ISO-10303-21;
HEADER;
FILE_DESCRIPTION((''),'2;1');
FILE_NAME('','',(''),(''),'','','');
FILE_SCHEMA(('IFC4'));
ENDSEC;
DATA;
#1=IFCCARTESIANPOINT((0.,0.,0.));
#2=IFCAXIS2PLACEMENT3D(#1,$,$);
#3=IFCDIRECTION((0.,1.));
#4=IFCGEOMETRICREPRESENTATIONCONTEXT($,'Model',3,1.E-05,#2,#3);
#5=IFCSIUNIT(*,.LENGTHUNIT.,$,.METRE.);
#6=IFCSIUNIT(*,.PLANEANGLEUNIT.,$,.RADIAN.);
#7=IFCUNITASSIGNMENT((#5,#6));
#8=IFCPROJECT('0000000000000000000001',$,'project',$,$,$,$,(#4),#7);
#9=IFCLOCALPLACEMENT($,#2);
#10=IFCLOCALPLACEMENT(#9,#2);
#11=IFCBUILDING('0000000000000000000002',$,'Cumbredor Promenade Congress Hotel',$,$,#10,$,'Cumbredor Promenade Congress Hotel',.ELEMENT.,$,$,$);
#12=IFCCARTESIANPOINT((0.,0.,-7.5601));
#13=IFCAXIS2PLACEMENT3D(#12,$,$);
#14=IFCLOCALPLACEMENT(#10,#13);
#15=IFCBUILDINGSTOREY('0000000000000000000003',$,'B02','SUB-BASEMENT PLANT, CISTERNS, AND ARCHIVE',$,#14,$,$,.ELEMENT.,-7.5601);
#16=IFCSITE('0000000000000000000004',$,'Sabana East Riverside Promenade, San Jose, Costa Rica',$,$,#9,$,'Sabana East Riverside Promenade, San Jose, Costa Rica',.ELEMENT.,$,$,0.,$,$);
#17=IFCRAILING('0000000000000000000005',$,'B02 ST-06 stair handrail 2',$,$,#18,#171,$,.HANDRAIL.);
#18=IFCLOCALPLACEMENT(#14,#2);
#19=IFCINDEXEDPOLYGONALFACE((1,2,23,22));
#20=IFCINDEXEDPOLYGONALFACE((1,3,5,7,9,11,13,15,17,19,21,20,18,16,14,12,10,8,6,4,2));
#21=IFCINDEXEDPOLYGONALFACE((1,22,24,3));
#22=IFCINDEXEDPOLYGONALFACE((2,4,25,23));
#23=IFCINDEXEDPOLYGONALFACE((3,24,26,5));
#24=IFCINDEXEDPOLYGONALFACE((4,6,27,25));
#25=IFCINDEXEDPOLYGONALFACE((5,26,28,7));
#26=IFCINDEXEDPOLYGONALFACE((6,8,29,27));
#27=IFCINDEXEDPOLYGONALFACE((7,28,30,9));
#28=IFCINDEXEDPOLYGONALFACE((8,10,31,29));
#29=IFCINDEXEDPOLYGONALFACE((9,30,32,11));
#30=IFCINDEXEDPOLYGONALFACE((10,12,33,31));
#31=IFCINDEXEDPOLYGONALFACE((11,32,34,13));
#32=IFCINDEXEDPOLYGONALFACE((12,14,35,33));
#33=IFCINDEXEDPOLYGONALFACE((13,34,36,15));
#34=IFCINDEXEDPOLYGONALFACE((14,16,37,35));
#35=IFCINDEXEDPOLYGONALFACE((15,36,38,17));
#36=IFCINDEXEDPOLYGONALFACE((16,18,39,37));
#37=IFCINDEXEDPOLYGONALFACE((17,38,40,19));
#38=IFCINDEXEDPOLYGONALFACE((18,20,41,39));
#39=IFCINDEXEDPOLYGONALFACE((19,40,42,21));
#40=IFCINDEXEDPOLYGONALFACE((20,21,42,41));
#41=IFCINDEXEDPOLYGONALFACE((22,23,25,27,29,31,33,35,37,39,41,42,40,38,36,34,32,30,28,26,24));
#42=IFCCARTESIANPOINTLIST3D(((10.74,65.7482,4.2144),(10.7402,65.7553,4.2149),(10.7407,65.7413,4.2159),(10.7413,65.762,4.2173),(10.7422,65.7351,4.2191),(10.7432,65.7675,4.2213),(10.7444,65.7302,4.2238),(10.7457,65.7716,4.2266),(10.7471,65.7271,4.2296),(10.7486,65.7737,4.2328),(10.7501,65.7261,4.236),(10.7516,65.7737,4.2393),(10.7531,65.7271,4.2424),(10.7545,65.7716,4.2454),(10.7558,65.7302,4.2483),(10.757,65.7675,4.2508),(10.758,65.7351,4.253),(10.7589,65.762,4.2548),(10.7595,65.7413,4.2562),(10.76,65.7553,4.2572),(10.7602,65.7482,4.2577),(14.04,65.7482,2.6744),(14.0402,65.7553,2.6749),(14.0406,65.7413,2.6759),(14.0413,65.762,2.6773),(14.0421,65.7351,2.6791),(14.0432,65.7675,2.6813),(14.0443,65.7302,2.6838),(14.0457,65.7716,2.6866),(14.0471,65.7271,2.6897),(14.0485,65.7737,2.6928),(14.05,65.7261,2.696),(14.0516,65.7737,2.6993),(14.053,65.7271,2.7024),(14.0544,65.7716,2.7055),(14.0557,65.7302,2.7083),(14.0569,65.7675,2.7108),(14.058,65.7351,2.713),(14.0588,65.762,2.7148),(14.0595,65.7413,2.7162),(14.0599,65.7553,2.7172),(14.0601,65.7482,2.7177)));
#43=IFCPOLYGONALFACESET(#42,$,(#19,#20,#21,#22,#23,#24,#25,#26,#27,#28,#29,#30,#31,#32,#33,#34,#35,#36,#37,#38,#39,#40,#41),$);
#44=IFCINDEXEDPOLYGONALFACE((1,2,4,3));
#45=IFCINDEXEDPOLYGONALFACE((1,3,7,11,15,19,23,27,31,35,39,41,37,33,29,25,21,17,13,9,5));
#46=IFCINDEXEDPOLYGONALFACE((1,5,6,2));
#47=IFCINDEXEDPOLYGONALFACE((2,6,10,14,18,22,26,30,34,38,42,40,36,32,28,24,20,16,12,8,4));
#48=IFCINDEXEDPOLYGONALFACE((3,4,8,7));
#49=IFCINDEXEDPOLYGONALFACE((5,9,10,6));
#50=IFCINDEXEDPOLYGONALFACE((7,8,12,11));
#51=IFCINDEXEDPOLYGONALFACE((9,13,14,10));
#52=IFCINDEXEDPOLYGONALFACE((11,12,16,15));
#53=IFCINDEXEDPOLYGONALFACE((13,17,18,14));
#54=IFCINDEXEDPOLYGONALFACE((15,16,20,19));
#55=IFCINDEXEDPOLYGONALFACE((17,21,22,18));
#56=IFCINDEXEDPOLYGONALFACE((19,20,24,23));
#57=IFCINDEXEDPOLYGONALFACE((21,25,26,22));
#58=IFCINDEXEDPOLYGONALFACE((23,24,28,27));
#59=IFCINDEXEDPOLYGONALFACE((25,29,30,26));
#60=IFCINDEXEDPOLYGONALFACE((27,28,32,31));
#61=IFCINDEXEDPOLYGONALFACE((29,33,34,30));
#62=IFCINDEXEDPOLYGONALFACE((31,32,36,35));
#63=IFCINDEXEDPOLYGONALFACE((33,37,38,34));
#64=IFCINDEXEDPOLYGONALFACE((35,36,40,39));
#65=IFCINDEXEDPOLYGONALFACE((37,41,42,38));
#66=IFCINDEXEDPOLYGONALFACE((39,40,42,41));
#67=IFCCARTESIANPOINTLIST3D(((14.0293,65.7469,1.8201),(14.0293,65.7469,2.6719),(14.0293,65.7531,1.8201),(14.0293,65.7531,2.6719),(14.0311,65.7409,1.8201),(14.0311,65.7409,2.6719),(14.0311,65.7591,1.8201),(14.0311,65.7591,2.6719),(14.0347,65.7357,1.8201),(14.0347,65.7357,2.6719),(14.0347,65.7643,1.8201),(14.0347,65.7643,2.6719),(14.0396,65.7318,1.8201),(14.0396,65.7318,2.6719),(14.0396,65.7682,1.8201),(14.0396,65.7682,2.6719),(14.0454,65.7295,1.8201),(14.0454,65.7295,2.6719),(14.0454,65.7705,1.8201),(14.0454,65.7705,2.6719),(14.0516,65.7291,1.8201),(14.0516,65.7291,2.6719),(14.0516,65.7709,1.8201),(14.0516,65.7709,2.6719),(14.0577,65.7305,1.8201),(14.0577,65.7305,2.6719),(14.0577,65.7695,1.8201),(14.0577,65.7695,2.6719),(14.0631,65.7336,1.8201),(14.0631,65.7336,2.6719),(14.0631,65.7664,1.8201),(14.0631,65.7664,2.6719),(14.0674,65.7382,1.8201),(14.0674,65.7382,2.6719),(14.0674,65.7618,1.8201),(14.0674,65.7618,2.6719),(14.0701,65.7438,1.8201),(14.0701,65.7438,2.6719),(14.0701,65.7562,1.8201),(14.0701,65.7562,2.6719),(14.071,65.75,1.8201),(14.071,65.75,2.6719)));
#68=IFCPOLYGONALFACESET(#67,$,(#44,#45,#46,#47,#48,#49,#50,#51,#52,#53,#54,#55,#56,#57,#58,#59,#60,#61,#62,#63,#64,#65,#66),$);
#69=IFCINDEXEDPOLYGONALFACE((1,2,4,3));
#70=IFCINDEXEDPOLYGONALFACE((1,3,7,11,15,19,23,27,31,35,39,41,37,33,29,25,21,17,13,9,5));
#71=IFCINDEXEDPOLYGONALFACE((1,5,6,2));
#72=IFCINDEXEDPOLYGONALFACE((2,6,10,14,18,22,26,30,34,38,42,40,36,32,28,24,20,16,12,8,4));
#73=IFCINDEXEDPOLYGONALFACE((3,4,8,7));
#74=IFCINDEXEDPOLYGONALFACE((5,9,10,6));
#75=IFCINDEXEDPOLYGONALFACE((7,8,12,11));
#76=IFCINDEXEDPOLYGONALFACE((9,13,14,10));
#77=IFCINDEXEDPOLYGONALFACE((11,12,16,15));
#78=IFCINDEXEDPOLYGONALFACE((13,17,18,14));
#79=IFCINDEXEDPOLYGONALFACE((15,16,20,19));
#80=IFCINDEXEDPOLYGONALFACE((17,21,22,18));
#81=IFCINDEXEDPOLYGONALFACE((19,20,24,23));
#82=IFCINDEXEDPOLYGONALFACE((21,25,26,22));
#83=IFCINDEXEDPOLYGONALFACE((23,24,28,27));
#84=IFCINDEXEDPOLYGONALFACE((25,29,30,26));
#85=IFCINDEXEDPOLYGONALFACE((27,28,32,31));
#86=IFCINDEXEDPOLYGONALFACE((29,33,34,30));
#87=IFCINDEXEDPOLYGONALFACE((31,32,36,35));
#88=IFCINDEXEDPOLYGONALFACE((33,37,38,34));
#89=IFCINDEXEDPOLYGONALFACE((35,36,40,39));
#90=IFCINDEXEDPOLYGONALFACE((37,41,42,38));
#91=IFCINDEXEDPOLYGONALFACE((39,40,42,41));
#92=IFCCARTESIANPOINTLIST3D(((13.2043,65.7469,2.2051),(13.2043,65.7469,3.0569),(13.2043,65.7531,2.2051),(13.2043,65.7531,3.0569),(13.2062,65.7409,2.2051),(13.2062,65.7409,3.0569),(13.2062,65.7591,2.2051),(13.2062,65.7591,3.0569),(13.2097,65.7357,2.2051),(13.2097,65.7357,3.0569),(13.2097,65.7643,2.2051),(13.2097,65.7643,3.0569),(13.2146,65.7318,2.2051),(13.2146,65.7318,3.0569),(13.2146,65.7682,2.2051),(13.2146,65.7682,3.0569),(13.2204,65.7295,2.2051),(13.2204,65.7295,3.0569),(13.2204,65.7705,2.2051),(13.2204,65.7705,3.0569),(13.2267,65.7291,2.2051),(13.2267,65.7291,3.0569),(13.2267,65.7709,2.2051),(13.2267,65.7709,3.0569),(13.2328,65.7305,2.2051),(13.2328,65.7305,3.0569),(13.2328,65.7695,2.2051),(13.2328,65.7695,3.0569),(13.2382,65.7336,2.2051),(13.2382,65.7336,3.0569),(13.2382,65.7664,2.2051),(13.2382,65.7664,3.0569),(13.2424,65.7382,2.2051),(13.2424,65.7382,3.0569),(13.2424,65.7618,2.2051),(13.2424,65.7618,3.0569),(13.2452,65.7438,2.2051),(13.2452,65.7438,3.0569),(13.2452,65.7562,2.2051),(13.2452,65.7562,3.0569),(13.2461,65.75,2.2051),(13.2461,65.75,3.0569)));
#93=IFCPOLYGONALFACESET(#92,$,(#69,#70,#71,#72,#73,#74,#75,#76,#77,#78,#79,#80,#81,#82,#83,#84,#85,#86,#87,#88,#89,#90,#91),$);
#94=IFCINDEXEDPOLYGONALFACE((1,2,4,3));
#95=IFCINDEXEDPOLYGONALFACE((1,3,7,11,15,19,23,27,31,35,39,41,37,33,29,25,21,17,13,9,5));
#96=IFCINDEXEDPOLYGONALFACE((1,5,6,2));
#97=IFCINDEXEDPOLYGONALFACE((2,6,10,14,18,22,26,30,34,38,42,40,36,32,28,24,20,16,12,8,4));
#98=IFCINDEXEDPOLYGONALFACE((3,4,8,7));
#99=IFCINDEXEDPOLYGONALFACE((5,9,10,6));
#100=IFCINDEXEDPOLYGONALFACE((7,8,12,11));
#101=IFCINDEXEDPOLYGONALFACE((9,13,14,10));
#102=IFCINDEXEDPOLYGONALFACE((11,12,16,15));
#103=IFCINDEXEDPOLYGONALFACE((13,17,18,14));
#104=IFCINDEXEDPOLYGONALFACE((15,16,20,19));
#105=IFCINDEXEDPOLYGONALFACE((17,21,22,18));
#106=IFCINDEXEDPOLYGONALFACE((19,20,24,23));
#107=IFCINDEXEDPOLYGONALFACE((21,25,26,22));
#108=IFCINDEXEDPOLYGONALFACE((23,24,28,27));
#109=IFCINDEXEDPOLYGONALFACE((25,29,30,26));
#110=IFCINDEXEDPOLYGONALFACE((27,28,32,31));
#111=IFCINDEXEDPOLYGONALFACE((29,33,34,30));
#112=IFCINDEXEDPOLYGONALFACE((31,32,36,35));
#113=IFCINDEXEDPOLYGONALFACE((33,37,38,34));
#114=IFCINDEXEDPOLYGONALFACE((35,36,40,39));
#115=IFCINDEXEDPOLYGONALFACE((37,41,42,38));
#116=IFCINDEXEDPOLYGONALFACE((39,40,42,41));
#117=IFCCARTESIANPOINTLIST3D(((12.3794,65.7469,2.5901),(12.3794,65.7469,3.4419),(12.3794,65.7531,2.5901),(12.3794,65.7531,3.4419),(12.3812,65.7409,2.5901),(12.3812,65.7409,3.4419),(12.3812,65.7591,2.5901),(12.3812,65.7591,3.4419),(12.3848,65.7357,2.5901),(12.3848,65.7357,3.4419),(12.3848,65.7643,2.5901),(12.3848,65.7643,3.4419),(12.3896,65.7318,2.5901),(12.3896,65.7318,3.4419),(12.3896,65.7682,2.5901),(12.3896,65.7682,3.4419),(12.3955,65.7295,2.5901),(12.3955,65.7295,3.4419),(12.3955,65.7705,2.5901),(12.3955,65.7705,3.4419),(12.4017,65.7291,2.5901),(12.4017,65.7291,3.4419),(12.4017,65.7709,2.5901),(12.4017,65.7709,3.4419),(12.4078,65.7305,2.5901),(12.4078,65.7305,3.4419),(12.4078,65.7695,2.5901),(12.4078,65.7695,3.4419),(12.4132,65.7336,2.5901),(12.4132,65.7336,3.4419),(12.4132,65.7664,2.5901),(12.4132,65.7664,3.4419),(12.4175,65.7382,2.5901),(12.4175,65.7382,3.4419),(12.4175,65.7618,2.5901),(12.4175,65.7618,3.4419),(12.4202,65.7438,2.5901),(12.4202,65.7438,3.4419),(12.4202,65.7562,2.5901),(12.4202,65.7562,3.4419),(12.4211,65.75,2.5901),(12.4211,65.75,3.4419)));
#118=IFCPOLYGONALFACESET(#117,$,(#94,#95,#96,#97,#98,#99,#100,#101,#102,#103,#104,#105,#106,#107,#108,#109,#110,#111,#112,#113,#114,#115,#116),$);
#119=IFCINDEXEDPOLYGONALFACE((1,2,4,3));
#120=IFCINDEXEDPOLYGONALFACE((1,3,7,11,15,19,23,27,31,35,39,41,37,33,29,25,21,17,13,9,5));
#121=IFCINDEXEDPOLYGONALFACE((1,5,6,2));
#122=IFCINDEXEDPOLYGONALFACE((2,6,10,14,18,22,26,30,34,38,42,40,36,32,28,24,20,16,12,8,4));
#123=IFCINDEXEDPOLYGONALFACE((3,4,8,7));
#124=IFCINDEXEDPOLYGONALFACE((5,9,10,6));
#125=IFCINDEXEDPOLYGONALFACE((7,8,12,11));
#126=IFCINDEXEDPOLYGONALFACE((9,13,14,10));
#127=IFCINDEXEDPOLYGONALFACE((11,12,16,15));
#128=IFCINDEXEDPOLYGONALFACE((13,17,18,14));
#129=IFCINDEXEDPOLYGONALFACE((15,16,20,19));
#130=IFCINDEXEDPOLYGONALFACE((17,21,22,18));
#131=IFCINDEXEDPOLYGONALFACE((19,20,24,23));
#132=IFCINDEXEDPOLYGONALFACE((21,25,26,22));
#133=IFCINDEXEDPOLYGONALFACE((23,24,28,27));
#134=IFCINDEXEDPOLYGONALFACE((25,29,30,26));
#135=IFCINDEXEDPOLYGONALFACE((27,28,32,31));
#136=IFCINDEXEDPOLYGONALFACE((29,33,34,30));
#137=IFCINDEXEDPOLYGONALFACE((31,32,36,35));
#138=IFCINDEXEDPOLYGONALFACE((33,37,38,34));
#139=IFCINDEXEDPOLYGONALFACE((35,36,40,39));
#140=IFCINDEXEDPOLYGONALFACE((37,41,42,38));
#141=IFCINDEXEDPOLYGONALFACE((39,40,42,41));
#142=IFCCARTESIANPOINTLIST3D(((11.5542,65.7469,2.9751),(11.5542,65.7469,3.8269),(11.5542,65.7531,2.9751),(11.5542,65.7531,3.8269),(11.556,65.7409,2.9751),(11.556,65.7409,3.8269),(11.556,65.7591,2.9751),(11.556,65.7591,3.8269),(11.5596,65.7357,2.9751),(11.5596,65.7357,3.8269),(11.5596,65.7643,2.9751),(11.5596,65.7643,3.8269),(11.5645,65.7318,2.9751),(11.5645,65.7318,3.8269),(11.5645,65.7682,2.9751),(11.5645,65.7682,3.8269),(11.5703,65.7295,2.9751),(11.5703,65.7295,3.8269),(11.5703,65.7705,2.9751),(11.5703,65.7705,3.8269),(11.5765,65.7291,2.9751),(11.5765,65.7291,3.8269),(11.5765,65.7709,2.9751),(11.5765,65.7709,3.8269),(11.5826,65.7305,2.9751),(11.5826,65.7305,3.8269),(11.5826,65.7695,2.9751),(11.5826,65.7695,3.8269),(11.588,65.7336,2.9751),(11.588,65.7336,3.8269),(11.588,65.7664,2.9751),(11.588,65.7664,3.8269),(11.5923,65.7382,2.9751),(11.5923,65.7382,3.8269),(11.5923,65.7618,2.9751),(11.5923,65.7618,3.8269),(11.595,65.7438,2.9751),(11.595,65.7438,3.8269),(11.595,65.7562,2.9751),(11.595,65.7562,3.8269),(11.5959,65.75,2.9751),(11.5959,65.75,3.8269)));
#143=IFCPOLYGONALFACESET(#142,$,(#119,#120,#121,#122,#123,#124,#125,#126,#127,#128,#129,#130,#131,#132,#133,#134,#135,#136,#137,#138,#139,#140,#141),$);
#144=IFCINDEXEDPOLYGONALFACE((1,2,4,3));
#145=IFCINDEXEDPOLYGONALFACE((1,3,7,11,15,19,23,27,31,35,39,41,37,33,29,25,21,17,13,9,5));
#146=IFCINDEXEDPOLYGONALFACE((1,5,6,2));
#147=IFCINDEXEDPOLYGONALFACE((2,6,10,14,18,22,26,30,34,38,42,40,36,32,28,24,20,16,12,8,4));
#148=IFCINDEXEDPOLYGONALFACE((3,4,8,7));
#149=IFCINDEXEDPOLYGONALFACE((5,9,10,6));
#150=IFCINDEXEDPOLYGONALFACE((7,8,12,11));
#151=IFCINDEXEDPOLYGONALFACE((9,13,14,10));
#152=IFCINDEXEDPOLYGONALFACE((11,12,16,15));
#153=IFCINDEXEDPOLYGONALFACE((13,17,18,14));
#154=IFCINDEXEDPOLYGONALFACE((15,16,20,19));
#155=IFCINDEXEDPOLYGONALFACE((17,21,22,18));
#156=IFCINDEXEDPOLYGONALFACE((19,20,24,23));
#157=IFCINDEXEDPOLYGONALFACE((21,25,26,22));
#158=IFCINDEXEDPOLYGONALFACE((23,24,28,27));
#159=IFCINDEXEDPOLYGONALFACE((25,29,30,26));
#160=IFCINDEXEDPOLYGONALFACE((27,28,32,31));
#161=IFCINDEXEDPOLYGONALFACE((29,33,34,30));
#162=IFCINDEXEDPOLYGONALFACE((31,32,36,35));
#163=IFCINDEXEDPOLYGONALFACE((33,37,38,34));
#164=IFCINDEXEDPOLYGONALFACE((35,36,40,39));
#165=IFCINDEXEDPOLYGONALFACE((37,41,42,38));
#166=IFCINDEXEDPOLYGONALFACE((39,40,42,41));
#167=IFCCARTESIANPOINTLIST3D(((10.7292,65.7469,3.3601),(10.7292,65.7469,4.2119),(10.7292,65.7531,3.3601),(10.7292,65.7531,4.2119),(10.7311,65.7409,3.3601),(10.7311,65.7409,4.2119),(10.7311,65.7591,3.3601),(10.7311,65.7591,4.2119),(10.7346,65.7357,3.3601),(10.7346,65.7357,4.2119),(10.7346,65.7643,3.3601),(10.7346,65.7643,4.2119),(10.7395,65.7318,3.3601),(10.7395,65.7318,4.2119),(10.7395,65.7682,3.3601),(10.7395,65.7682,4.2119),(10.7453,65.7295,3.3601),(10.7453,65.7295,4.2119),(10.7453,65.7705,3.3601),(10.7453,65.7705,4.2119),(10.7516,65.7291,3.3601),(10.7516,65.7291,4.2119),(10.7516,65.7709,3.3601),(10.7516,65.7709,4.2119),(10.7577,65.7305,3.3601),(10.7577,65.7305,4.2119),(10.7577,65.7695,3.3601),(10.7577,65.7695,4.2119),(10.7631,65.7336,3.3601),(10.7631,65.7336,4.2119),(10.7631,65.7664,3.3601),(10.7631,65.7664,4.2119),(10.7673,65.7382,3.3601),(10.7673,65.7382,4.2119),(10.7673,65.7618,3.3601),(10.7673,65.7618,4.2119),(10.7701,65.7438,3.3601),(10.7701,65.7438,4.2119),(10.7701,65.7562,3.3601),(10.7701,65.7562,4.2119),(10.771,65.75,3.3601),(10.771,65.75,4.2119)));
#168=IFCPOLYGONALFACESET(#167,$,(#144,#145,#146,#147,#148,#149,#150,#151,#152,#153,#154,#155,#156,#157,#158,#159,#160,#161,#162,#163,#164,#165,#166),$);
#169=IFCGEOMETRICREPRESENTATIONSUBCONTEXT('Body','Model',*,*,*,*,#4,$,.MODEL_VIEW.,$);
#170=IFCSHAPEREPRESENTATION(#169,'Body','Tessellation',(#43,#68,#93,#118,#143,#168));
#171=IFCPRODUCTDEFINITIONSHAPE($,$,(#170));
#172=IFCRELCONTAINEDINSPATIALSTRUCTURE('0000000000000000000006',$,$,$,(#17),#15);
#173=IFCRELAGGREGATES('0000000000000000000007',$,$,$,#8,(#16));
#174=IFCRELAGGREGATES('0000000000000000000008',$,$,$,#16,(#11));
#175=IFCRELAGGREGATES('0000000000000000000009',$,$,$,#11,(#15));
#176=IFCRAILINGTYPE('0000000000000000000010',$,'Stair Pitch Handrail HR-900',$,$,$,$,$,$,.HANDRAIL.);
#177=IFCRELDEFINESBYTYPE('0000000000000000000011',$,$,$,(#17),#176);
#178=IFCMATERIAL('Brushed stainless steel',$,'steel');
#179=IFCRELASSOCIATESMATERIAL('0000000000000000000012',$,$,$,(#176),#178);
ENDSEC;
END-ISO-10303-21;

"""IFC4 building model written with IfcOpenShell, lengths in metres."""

from ifc_helpers import new_model, si_unit, direction, frame, origin, origin_2d, place, context, subcontext, project, spatial, circle, extrude, material, type_object, element, save


model = new_model("IFC4")

# Units and contexts
model_context = context("Model", 3, precision=1e-05, world=origin(), true_north=direction((0.0, 1.0)))
body_context = subcontext(model_context, "Body", "Model", "MODEL_VIEW")
ifc_project = project(units=[si_unit("LENGTHUNIT", "METRE"), si_unit("PLANEANGLEUNIT", "RADIAN")], contexts=[model_context])

# Site, building, storey
site_placement = place(None, origin())
site = spatial("IfcSite", under=ifc_project, at=site_placement, Name="Sabana East Riverside Promenade, San Jose, Costa Rica", LongName="Sabana East Riverside Promenade, San Jose, Costa Rica", CompositionType="ELEMENT", RefElevation=0.0)
building_placement = place(site_placement, origin())
building = spatial("IfcBuilding", under=site, at=building_placement, Name="Cumbredor Promenade Congress Hotel", LongName="Cumbredor Promenade Congress Hotel", CompositionType="ELEMENT")
storey_placement = place(building_placement, frame((0.0, 0.0, -7.5601)))
storey = spatial("IfcBuildingStorey", under=building, at=storey_placement, Name="B02", Description="SUB-BASEMENT PLANT, CISTERNS, AND ARCHIVE", CompositionType="ELEMENT", Elevation=-7.5601)

# Shared definitions
ifc_material_1 = material(Name="Brushed stainless steel", Category="steel")

# Railing
railing_type_1 = type_object("IfcRailingType", Name="Stair Pitch Handrail HR-900", PredefinedType="HANDRAIL", material=ifc_material_1)
railing_1_placement = place(storey_placement, frame((14.05, 65.75, 1.8201)))
element("IfcRailing", 1, at=railing_1_placement, inside=storey, type_object=railing_type_1, Name="B02 ST-06 stair handrail 2", PredefinedType="HANDRAIL", context=body_context, shape_type="SweptSolid", body=[
    extrude(circle(Radius=0.0239, at=origin_2d()), frame((0.0, 0.0, 0.876), z_axis=(-0.906181, 0.0, 0.422889), x_axis=(0.0, -1.0, 0.0)), (0.0, 0.0, 1.0), 3.6416),
    extrude(circle(Radius=0.021, at=origin_2d()), origin(), (0.0, 0.0, 1.0), 0.8518),
    extrude(circle(Radius=0.021, at=origin_2d()), frame((-0.825, 0.0, 0.385)), (0.0, 0.0, 1.0), 0.8518),
    extrude(circle(Radius=0.021, at=origin_2d()), frame((-1.6499, 0.0, 0.77)), (0.0, 0.0, 1.0), 0.8518),
    extrude(circle(Radius=0.021, at=origin_2d()), frame((-2.4751, 0.0, 1.155)), (0.0, 0.0, 1.0), 0.8518),
    extrude(circle(Radius=0.021, at=origin_2d()), frame((-3.3, 0.0, 1.54)), (0.0, 0.0, 1.0), 0.8518),
])

save(model, "model.ifc")
